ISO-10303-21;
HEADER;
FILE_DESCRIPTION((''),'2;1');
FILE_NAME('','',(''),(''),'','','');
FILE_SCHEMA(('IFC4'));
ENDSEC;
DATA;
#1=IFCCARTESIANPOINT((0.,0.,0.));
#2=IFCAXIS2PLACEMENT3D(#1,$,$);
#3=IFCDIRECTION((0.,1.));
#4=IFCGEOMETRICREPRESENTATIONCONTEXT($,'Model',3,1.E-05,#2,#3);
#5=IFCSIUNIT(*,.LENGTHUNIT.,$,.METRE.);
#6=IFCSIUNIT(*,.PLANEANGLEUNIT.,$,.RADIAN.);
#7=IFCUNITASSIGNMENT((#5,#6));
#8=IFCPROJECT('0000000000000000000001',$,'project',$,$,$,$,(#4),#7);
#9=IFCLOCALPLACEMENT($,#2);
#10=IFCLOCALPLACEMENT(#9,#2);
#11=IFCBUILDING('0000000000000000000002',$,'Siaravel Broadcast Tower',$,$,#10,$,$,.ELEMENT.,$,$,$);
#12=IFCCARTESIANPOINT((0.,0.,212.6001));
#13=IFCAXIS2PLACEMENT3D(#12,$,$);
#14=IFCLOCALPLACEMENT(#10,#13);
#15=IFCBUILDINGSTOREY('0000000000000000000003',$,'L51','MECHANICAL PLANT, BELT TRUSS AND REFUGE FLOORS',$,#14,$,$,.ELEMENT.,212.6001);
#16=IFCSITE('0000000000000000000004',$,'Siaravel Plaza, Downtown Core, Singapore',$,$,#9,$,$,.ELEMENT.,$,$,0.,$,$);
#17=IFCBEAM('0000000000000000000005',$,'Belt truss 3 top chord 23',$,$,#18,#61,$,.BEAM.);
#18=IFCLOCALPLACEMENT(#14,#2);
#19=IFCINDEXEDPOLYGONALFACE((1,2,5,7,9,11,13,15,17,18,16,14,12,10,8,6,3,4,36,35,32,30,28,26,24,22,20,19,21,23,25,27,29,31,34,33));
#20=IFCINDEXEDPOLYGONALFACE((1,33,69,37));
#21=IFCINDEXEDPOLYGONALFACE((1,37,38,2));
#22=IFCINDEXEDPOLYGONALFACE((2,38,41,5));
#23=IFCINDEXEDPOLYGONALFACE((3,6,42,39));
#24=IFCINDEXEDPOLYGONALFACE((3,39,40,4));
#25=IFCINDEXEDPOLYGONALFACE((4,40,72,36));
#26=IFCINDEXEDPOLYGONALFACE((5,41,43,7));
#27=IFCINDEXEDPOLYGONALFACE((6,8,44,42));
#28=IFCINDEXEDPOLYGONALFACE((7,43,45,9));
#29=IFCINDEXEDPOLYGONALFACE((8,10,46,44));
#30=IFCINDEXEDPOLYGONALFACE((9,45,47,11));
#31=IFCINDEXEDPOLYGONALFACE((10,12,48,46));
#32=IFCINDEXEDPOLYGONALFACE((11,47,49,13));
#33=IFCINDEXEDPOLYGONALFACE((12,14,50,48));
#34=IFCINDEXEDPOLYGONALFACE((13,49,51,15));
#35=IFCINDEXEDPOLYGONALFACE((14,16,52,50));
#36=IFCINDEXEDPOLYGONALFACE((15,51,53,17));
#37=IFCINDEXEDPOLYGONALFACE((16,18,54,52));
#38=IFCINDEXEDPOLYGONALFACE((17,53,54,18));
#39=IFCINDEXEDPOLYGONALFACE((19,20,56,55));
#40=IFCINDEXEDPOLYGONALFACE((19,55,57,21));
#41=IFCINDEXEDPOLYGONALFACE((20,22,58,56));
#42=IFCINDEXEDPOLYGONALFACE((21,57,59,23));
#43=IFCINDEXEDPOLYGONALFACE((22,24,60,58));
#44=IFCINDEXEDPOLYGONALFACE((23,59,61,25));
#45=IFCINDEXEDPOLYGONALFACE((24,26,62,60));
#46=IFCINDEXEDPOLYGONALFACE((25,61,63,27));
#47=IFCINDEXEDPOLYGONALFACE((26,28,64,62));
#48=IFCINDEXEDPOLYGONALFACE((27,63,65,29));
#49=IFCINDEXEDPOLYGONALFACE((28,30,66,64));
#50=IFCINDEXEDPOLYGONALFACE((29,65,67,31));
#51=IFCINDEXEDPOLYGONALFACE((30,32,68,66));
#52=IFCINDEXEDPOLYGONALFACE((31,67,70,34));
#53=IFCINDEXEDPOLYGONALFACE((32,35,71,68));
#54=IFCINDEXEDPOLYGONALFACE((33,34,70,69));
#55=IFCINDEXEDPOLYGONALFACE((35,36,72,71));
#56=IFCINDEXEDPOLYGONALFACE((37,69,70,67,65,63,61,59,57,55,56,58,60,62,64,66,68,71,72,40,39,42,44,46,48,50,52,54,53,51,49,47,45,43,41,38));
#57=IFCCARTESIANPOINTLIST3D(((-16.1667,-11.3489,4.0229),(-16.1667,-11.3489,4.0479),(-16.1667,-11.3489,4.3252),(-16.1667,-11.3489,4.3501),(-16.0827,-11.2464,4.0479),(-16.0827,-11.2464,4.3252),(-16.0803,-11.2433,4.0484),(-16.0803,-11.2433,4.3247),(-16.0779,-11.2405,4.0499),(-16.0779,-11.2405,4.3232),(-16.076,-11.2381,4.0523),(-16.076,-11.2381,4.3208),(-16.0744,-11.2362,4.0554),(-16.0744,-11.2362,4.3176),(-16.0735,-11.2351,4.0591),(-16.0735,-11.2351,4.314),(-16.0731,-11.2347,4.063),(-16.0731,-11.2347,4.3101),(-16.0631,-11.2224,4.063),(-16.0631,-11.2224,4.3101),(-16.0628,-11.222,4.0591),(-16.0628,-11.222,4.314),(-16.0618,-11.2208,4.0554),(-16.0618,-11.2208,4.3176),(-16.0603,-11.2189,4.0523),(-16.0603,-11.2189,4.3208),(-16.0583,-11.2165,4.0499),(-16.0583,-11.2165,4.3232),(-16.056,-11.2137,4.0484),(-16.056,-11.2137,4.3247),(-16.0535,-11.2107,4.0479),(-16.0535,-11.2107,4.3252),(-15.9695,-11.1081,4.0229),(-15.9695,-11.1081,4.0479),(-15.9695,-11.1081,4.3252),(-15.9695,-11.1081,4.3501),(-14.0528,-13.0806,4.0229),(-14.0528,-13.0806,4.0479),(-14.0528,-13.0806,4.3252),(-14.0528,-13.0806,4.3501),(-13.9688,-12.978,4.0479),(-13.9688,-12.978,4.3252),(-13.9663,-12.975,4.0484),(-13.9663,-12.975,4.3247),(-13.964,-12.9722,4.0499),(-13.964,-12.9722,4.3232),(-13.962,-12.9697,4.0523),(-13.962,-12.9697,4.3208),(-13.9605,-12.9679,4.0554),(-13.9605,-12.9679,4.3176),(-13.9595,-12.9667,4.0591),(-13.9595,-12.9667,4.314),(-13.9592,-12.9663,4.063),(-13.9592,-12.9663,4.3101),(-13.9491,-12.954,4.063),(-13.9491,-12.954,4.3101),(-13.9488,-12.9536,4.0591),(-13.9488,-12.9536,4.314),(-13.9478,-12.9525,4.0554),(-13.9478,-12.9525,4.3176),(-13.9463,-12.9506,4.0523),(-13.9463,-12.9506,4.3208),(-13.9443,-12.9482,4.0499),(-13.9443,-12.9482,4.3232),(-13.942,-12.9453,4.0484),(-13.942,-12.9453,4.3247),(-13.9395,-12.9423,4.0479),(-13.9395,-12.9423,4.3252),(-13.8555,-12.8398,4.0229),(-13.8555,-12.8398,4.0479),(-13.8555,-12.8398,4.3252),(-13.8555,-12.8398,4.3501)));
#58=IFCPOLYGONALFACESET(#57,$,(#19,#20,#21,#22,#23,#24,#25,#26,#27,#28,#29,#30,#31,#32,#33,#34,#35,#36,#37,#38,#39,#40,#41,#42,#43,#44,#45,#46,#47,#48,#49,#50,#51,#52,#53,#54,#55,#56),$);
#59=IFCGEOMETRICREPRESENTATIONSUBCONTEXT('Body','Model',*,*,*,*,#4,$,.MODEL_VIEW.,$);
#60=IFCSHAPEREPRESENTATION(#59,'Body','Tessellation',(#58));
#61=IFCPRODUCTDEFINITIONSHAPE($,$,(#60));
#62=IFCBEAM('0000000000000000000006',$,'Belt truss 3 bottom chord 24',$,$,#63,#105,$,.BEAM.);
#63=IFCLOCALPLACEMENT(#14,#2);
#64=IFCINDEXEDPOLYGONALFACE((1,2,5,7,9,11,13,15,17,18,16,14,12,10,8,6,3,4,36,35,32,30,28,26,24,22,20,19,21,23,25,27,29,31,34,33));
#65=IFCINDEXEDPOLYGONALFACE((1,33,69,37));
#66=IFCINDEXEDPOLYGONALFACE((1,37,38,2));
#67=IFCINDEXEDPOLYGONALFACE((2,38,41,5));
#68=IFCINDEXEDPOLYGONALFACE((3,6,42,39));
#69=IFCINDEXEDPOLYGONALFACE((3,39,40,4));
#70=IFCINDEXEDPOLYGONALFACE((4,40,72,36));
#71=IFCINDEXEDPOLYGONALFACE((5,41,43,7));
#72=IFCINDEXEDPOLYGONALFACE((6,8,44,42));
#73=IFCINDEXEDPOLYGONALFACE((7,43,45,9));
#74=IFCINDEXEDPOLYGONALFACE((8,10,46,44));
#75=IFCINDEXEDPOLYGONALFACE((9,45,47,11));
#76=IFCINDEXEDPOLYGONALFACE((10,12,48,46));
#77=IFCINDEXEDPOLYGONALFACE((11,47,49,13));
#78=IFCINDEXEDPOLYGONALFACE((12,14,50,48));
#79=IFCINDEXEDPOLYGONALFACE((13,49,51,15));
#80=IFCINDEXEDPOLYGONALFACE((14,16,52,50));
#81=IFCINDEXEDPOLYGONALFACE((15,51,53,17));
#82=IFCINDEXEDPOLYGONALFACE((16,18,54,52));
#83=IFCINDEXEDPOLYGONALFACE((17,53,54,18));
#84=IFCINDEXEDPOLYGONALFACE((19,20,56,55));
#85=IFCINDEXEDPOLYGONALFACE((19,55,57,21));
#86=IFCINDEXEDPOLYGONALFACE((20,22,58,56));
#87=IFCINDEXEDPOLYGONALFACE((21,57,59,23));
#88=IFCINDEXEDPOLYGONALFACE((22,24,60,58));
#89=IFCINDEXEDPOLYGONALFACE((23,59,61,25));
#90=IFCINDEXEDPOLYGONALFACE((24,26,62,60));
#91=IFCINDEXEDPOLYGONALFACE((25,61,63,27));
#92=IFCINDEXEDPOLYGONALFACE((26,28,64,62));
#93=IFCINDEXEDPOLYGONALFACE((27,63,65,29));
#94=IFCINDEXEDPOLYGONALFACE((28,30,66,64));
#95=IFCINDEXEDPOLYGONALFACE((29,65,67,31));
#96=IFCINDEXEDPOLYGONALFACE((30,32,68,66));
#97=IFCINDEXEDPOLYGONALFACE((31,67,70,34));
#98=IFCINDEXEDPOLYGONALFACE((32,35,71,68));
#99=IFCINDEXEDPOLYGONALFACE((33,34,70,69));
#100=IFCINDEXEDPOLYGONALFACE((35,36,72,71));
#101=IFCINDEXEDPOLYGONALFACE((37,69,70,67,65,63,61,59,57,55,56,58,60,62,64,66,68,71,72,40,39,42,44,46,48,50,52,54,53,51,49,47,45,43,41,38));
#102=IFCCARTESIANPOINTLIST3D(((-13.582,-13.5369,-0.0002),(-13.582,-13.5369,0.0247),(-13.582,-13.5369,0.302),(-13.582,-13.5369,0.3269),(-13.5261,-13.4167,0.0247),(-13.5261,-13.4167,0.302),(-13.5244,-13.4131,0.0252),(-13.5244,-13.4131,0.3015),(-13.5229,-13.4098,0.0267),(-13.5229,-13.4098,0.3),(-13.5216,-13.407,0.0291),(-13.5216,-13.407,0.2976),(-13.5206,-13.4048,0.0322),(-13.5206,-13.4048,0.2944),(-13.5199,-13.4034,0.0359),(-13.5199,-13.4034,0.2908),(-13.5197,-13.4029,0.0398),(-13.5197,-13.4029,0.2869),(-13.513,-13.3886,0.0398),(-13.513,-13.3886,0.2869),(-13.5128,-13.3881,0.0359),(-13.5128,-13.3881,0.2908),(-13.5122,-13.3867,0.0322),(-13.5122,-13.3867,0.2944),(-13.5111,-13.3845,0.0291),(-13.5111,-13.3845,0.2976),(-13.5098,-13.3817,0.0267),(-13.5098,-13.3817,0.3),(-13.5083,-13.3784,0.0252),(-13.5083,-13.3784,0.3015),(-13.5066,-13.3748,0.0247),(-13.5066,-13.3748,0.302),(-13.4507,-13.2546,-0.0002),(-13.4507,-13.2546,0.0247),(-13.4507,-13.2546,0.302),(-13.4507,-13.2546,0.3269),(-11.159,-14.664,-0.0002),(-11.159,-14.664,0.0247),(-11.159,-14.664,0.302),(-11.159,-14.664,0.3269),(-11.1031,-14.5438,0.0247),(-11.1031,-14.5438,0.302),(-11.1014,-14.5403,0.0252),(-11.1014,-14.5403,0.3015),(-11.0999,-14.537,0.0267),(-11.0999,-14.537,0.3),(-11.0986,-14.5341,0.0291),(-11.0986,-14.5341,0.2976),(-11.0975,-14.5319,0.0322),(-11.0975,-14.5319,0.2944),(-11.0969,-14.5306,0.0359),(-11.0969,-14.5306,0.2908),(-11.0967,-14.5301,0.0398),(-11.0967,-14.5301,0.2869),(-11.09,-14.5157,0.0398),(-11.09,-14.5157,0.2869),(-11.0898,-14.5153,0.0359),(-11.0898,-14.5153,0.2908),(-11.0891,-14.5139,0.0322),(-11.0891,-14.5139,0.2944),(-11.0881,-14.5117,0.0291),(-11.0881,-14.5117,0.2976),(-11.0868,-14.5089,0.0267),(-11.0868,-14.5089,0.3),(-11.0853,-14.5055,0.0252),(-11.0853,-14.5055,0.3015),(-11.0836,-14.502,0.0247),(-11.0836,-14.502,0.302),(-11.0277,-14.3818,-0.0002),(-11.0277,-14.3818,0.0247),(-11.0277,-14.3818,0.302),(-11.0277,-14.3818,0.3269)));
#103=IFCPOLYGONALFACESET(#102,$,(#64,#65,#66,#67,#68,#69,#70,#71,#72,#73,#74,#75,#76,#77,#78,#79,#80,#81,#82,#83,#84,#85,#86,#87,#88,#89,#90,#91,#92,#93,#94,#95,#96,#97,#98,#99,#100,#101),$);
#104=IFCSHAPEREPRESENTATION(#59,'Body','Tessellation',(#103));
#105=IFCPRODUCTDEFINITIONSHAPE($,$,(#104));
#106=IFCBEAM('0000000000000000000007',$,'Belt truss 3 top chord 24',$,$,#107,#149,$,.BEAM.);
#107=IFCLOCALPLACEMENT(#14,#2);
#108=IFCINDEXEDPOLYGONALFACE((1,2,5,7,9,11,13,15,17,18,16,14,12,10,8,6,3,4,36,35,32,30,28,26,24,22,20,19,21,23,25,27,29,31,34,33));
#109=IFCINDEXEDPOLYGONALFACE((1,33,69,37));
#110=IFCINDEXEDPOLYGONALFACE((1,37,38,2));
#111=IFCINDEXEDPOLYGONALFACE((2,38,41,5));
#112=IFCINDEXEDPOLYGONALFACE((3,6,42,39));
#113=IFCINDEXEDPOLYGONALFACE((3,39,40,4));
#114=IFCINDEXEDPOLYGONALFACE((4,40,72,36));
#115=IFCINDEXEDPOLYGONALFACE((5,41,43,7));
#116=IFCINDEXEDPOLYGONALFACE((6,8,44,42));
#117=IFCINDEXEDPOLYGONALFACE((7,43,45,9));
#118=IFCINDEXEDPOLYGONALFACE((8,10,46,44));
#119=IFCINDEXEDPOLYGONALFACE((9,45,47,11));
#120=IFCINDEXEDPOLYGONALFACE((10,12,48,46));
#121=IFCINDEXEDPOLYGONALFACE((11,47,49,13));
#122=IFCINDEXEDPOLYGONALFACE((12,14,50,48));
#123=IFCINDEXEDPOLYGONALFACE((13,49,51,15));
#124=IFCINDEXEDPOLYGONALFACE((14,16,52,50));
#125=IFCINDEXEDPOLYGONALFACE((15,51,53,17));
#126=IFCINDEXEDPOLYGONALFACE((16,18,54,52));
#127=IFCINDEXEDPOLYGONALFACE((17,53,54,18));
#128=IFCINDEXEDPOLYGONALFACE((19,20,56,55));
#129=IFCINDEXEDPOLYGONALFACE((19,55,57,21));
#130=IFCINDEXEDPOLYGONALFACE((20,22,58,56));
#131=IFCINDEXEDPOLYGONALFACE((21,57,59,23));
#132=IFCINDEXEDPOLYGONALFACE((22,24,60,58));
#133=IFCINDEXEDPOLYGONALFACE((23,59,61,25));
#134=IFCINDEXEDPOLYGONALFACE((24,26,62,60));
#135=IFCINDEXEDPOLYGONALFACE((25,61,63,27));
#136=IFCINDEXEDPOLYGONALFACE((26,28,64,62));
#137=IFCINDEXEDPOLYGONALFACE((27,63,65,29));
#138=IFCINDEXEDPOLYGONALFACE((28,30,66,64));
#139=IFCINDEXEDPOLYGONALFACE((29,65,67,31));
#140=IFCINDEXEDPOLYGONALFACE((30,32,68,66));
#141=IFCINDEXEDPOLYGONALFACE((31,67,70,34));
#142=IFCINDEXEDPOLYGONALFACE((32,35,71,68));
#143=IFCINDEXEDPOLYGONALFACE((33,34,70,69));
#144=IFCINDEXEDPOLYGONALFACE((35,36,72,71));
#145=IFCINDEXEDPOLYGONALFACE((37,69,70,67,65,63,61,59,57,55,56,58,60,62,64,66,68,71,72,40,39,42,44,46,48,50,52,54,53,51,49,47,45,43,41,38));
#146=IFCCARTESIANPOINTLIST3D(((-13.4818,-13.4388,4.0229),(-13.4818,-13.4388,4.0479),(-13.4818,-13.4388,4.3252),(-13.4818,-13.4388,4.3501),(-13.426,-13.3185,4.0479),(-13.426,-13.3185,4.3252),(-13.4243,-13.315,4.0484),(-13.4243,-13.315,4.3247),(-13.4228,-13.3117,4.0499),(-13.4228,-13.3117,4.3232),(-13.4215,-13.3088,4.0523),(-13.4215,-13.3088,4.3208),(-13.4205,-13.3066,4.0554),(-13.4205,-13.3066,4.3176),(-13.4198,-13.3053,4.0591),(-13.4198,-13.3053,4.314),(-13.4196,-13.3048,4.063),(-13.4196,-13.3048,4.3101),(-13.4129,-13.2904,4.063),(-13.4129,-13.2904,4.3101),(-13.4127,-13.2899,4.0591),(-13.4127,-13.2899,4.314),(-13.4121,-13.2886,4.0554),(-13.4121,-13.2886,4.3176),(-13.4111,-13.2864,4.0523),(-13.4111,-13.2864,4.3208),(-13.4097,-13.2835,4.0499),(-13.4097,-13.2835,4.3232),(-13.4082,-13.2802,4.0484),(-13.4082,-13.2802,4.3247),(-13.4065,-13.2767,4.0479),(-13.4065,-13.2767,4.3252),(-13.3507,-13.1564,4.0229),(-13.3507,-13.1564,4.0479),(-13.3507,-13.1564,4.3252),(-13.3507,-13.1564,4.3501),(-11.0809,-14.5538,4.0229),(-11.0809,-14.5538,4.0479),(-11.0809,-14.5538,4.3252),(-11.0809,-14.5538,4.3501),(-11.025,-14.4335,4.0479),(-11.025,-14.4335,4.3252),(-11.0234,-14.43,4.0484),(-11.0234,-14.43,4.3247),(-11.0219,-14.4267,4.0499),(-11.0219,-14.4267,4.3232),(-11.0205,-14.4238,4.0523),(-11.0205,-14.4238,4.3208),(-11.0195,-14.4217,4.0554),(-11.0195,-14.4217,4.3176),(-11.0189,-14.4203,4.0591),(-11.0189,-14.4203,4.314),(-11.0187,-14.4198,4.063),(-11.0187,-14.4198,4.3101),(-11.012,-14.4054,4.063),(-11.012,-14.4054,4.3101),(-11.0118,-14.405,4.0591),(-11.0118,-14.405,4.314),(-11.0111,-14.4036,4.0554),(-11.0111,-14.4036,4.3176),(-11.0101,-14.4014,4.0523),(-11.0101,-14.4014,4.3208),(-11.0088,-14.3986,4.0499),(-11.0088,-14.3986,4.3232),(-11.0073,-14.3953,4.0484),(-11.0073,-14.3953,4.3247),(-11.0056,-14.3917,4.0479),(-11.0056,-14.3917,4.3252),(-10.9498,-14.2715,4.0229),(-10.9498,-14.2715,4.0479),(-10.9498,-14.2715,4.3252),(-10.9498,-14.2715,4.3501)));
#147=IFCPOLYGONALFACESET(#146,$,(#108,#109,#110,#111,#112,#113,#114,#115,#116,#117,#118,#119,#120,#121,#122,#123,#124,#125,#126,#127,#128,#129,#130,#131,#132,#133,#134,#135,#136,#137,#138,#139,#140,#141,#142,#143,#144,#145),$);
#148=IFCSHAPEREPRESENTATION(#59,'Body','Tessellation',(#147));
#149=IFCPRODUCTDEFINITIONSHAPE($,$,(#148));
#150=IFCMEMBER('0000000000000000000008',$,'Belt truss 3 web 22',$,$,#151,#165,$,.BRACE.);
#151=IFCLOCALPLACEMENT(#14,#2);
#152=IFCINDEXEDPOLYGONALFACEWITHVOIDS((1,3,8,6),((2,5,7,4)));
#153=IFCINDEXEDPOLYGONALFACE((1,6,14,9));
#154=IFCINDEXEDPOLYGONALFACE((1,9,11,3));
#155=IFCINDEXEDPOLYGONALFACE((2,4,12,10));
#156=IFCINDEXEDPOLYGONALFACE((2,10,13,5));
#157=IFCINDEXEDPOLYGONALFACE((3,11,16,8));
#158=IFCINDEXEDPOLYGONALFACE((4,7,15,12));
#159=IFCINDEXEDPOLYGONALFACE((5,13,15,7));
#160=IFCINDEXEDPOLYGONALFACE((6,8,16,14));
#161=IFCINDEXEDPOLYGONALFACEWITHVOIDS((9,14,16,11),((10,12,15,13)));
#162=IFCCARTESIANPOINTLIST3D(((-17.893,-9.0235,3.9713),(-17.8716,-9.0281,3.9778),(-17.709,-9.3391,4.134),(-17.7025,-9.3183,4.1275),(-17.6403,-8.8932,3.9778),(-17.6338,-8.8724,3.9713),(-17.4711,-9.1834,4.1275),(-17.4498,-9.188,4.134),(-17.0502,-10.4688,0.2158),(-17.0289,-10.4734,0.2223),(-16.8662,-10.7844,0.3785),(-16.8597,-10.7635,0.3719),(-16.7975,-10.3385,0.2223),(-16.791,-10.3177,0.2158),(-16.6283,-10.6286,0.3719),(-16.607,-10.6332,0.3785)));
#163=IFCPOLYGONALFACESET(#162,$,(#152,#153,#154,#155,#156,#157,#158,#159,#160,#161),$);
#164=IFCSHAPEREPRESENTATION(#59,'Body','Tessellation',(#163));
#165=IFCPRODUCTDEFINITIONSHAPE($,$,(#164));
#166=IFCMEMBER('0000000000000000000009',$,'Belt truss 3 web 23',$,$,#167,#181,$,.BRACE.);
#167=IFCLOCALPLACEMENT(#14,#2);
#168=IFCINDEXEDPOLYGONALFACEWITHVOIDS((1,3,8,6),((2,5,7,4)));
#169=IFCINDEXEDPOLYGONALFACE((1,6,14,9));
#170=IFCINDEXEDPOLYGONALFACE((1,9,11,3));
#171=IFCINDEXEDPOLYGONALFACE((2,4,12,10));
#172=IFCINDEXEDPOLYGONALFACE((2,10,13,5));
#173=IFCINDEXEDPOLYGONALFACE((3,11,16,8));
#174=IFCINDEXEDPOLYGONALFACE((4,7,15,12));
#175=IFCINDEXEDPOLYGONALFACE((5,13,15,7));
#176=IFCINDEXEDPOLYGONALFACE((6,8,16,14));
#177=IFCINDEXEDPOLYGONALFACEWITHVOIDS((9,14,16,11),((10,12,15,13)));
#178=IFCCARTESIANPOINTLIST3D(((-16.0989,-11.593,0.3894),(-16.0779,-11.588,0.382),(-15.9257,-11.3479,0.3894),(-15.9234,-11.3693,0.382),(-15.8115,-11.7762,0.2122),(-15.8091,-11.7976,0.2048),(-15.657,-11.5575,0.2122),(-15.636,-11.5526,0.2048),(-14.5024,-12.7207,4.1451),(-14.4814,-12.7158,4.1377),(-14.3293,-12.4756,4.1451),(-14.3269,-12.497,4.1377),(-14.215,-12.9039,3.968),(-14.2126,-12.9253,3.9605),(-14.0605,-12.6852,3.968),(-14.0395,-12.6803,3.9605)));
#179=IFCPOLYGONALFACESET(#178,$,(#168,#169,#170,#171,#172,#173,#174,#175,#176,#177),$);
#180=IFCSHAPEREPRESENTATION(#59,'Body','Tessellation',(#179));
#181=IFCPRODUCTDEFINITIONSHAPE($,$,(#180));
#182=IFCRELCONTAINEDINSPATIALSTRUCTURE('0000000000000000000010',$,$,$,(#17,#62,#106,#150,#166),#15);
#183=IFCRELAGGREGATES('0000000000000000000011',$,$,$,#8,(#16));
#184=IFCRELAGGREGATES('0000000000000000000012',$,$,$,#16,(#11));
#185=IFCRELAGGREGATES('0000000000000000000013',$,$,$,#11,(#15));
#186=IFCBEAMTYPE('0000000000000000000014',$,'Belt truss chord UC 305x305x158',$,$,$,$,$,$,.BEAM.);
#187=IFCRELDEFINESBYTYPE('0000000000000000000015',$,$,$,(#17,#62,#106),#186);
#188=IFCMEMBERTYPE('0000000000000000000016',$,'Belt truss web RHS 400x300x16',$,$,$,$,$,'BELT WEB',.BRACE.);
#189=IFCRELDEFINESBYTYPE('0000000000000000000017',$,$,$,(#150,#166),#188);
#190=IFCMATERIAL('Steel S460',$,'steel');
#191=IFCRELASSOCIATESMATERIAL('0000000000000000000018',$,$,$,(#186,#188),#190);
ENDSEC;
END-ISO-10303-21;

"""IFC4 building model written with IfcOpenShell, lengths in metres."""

from ifc_helpers import new_model, si_unit, direction, frame, origin, origin_2d, place, context, subcontext, project, spatial, hollow_rectangle, i_section, extrude, material, material_profile, profile_set, type_object, element, save


model = new_model("IFC4")

# Units and contexts
model_context = context("Model", 3, precision=1e-05, world=origin(), true_north=direction((0.0, 1.0)))
body_context = subcontext(model_context, "Body", "Model", "MODEL_VIEW")
ifc_project = project(units=[si_unit("LENGTHUNIT", "METRE"), si_unit("PLANEANGLEUNIT", "RADIAN")], contexts=[model_context])

# Site, building, storey
site_placement = place(None, origin())
site = spatial("IfcSite", under=ifc_project, at=site_placement, Name="Siaravel Plaza, Downtown Core, Singapore", CompositionType="ELEMENT", RefElevation=0.0)
building_placement = place(site_placement, origin())
building = spatial("IfcBuilding", under=site, at=building_placement, Name="Siaravel Broadcast Tower", CompositionType="ELEMENT")
storey_placement = place(building_placement, frame((0.0, 0.0, 212.6001)))
storey = spatial("IfcBuildingStorey", under=building, at=storey_placement, Name="L51", Description="MECHANICAL PLANT, BELT TRUSS AND REFUGE FLOORS", CompositionType="ELEMENT", Elevation=212.6001)

# Beams
ifc_material_1 = material(Name="Steel S460", Category="steel")
ifc_material_profile_1 = material_profile(ifc_material_1, i_section(OverallWidth=0.3113, OverallDepth=0.3271, WebThickness=0.0159, FlangeThickness=0.0249, FilletRadius=0.0151, at=origin_2d()))
ifc_profile_set_1 = profile_set([ifc_material_profile_1], Name="Steel S460")
beam_type_1 = type_object("IfcBeamType", Name="Belt truss chord UC 305x305x158", PredefinedType="BEAM", material=ifc_profile_set_1)
beam_1_placement = place(storey_placement, frame((-16.0681, -11.2285, 4.1865), z_axis=(0.773591, -0.633685, 0.0), x_axis=(0.633685, 0.773591, 0.0)))
element("IfcBeam", 1, at=beam_1_placement, inside=storey, type_object=beam_type_1, Name="Belt truss 3 top chord 23", PredefinedType="BEAM", context=body_context, shape_type="SweptSolid", body=[
    extrude(i_section(OverallWidth=0.3113, OverallDepth=0.3271, WebThickness=0.0159, FlangeThickness=0.0249, FilletRadius=0.0151, at=origin_2d()), origin(), (0.0, 0.0, 1.0), 2.7327),
])
beam_2_placement = place(storey_placement, frame((-13.5164, -13.3958, 0.1633), z_axis=(0.906696, -0.421785, 0.0), x_axis=(0.421785, 0.906696, 0.0)))
element("IfcBeam", 2, at=beam_2_placement, inside=storey, type_object=beam_type_1, Name="Belt truss 3 bottom chord 24", PredefinedType="BEAM", context=body_context, shape_type="SweptSolid", body=[
    extrude(i_section(OverallWidth=0.3113, OverallDepth=0.3271, WebThickness=0.0159, FlangeThickness=0.0249, FilletRadius=0.0151, at=origin_2d()), origin(), (0.0, 0.0, 1.0), 2.6724),
])
beam_3_placement = place(storey_placement, frame((-13.4163, -13.2976, 4.1865), z_axis=(0.906966, -0.421203, 0.0), x_axis=(0.421203, 0.906966, 0.0)))
element("IfcBeam", 3, at=beam_3_placement, inside=storey, type_object=beam_type_1, Name="Belt truss 3 top chord 24", PredefinedType="BEAM", context=body_context, shape_type="SweptSolid", body=[
    extrude(i_section(OverallWidth=0.3113, OverallDepth=0.3271, WebThickness=0.0159, FlangeThickness=0.0249, FilletRadius=0.0151, at=origin_2d()), origin(), (0.0, 0.0, 1.0), 2.6472),
])

# Members
ifc_material_profile_2 = material_profile(ifc_material_1, hollow_rectangle(XDim=0.3, YDim=0.3999, WallThickness=0.0161, at=origin_2d()))
ifc_profile_set_2 = profile_set([ifc_material_profile_2], Name="Steel S460")
member_type_1 = type_object("IfcMemberType", Name="Belt truss web RHS 400x300x16", ElementType="BELT WEB", PredefinedType="BRACE", material=ifc_profile_set_2)
member_1_placement = place(storey_placement, frame((-16.8286, -10.551, 0.2971), z_axis=(-0.204983, 0.351535, 0.913458), x_axis=(-0.863864, -0.503726, 0.0)))
element("IfcMember", 4, at=member_1_placement, inside=storey, type_object=member_type_1, Name="Belt truss 3 web 22", PredefinedType="BRACE", context=body_context, shape_type="SweptSolid", body=[
    extrude(hollow_rectangle(XDim=0.3, YDim=0.3999, WallThickness=0.0161, at=origin_2d()), origin(), (0.0, 0.0, 1.0), 4.1113),
])
member_2_placement = place(storey_placement, frame((-15.8674, -11.5728, 0.2971), z_axis=(0.377071, -0.266354, 0.887059), x_axis=(0.576953, 0.816777, 0.0)))
element("IfcMember", 5, at=member_2_placement, inside=storey, type_object=member_type_1, Name="Belt truss 3 web 23", PredefinedType="BRACE", context=body_context, shape_type="SweptSolid", body=[
    extrude(hollow_rectangle(XDim=0.3, YDim=0.3999, WallThickness=0.0161, at=origin_2d()), origin(), (0.0, 0.0, 1.0), 4.2339),
])

save(model, "model.ifc")
